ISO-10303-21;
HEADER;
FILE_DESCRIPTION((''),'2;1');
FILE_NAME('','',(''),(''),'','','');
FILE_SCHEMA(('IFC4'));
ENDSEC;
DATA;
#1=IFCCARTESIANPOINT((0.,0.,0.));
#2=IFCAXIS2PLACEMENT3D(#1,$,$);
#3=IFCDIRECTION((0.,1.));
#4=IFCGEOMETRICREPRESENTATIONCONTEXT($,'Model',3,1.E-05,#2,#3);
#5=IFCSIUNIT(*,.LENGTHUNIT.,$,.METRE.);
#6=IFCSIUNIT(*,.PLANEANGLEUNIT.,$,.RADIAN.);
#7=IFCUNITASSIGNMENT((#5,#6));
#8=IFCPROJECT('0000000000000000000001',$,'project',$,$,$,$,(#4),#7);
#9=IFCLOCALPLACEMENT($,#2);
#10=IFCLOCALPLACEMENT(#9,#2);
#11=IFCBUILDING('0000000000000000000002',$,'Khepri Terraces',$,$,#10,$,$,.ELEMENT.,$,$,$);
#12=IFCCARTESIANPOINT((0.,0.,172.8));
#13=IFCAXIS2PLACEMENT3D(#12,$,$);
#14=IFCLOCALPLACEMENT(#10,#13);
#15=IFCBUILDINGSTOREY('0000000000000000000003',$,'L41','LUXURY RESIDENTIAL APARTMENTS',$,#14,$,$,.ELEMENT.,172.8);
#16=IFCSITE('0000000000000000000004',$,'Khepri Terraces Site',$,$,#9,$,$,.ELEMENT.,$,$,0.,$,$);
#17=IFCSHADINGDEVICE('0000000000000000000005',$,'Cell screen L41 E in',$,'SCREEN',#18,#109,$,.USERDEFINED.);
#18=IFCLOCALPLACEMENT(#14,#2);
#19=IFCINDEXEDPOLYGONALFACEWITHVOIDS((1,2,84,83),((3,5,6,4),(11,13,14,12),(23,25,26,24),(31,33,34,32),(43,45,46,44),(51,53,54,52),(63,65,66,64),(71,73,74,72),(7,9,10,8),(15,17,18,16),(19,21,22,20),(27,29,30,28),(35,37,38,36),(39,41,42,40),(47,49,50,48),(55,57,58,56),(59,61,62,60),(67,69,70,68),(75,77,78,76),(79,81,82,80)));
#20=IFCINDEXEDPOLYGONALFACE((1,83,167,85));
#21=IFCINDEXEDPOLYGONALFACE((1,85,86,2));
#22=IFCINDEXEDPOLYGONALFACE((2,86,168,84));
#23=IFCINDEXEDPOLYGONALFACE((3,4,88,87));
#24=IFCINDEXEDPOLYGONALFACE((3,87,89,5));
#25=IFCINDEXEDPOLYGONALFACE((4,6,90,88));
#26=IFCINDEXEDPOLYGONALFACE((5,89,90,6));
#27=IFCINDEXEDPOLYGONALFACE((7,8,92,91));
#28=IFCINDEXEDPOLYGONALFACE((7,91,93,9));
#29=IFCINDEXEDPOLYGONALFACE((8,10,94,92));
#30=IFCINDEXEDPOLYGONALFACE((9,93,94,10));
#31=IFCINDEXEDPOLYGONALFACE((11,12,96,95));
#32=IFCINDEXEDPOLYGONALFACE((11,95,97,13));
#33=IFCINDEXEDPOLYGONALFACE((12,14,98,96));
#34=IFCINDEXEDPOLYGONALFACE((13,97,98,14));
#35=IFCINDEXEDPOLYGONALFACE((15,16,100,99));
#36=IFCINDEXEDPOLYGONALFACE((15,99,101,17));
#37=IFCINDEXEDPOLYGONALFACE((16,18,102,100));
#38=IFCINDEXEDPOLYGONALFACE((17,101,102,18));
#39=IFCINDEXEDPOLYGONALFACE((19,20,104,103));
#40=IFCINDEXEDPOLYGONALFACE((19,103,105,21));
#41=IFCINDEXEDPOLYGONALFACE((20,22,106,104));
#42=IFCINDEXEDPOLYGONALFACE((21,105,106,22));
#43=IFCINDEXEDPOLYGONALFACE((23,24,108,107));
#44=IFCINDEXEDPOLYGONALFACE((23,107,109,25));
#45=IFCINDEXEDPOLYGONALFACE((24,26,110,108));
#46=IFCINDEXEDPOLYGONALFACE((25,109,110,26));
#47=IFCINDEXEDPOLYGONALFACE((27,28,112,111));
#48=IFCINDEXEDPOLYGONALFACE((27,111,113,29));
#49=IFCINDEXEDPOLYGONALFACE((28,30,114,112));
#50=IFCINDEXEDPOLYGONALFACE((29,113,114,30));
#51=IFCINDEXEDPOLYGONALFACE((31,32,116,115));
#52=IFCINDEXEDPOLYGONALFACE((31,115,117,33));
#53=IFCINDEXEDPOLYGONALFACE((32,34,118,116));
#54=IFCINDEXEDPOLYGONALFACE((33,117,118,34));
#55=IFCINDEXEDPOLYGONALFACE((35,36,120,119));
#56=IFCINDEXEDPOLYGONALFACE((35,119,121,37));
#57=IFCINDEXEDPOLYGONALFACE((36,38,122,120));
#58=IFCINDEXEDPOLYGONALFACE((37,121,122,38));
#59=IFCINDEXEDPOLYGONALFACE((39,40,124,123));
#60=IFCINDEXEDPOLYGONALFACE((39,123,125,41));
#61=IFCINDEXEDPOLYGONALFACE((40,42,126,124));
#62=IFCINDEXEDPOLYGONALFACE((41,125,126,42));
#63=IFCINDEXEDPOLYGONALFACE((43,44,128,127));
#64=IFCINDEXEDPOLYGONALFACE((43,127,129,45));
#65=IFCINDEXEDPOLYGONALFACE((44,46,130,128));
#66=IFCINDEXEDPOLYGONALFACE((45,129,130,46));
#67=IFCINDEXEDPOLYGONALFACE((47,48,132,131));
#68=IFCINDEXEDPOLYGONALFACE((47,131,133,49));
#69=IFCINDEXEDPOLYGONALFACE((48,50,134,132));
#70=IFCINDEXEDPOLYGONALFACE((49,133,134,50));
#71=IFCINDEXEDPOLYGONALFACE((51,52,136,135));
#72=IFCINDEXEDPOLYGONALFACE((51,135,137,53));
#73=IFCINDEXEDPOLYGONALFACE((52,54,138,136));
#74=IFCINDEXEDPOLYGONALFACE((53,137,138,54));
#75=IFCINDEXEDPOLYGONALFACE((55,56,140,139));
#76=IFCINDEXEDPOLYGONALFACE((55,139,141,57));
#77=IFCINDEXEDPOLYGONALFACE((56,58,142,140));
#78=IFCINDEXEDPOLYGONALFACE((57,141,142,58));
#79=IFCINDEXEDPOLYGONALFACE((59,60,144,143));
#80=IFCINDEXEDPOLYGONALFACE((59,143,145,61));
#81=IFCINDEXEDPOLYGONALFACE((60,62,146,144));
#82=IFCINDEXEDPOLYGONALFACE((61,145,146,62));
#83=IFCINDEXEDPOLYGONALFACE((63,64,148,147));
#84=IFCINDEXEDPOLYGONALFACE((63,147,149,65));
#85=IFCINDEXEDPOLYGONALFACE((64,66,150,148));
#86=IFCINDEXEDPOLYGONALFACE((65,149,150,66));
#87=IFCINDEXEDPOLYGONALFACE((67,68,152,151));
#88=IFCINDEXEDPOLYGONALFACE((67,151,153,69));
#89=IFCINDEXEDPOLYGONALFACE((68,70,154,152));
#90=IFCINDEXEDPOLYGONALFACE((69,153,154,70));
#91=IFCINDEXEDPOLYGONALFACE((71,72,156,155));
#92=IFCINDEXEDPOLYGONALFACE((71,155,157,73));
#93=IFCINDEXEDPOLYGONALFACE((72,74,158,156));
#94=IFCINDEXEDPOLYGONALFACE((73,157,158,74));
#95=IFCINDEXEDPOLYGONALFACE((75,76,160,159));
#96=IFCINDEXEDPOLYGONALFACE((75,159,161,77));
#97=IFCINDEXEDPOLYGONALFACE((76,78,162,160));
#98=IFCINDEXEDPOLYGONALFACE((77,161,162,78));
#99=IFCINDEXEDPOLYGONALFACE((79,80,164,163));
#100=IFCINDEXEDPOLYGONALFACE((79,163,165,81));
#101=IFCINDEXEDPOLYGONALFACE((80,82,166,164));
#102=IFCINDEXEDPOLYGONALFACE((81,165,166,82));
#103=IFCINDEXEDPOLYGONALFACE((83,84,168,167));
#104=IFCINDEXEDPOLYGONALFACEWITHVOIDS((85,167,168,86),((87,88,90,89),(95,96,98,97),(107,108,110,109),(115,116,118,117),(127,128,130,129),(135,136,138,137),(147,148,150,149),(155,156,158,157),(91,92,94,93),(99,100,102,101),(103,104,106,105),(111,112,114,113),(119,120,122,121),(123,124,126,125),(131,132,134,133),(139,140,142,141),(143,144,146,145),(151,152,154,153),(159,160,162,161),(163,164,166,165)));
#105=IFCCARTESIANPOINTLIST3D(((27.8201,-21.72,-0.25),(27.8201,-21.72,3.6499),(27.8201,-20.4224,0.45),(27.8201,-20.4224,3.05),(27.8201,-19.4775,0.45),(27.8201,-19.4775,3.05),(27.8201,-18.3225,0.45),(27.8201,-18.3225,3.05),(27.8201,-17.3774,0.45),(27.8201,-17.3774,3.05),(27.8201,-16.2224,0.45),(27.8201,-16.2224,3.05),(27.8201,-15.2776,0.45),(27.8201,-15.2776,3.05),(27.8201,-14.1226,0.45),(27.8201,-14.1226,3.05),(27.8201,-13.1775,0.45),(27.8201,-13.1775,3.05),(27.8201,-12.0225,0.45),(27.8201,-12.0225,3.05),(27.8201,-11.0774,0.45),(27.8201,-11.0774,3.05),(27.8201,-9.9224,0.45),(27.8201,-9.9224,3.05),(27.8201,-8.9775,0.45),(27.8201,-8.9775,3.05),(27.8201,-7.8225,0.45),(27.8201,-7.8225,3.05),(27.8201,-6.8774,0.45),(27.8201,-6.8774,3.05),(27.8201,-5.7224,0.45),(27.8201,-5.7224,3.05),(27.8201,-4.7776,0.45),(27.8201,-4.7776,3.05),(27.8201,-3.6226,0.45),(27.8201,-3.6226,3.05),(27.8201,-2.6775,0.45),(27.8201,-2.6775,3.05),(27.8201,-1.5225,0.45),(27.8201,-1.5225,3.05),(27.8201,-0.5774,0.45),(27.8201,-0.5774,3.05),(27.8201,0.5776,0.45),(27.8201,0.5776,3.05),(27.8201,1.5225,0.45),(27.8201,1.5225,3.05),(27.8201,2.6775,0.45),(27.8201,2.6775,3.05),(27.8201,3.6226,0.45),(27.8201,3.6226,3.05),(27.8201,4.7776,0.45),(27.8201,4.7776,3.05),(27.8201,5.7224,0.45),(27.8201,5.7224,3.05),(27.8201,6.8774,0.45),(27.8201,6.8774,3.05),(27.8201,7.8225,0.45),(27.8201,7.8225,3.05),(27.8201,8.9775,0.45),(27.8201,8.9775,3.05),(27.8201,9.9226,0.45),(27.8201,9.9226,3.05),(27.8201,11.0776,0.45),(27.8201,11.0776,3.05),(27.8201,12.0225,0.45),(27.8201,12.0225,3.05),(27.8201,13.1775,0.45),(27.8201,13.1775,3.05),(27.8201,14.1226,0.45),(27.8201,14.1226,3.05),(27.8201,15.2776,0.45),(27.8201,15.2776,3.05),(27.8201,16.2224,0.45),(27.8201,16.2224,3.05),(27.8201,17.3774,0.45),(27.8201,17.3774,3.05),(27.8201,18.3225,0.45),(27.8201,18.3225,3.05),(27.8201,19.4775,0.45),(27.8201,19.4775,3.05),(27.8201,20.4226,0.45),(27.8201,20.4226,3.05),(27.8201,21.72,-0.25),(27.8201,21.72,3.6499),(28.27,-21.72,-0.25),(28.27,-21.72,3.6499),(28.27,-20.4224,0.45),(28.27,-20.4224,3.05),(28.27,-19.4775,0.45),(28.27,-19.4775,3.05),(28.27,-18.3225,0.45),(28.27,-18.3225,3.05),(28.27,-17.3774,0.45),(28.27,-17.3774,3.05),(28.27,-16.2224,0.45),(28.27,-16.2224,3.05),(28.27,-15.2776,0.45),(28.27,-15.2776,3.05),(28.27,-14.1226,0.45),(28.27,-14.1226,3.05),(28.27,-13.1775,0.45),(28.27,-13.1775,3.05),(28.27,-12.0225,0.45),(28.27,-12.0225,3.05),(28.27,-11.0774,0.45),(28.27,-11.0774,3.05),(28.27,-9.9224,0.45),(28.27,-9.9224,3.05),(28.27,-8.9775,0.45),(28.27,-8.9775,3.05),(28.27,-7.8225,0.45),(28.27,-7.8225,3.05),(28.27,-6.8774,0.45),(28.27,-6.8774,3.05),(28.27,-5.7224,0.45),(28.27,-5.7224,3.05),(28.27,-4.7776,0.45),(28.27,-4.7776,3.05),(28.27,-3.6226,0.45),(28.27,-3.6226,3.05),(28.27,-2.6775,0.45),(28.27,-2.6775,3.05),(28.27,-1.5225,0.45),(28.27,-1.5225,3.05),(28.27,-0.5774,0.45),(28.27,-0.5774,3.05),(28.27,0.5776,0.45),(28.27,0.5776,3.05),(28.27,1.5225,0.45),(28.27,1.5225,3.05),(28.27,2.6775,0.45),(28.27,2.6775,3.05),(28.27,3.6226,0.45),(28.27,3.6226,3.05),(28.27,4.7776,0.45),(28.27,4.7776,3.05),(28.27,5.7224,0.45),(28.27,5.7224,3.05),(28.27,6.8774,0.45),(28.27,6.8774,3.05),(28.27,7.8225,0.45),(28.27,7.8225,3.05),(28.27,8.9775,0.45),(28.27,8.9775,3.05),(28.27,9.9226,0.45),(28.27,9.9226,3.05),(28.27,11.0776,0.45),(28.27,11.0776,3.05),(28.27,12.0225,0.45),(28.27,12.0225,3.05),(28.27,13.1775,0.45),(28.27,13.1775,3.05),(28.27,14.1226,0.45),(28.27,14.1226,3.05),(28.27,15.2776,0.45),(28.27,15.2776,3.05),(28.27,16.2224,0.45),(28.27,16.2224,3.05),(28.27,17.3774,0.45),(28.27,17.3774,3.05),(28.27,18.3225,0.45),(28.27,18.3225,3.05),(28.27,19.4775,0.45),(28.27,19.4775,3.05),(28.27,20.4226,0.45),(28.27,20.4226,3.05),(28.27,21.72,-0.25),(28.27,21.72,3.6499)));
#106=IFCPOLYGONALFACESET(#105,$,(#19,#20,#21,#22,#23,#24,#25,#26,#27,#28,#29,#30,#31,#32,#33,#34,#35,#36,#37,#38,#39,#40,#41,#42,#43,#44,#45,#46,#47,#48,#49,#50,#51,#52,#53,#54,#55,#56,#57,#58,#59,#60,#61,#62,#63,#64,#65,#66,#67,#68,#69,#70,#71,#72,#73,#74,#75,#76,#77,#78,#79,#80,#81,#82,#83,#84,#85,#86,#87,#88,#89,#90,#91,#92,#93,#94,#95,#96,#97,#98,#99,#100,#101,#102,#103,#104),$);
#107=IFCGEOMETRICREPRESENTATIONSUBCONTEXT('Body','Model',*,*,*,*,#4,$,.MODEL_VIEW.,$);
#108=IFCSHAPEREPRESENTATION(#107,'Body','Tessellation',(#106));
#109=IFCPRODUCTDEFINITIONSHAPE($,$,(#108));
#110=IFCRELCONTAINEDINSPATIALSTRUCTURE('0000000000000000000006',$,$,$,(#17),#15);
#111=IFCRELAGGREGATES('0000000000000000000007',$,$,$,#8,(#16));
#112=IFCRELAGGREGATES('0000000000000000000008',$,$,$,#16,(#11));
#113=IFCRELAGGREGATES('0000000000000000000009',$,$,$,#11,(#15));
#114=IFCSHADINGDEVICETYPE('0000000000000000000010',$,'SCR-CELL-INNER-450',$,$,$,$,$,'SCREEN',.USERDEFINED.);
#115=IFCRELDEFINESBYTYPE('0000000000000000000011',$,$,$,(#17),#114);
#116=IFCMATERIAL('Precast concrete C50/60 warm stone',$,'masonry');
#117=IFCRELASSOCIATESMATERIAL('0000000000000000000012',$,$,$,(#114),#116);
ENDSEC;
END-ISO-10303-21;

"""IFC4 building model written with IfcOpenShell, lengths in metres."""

from ifc_helpers import new_model, si_unit, direction, frame, origin, place, context, subcontext, project, spatial, polyline, outline, extrude, material, type_object, element, save


model = new_model("IFC4")

# Units and contexts
model_context = context("Model", 3, precision=1e-05, world=origin(), true_north=direction((0.0, 1.0)))
body_context = subcontext(model_context, "Body", "Model", "MODEL_VIEW")
ifc_project = project(units=[si_unit("LENGTHUNIT", "METRE"), si_unit("PLANEANGLEUNIT", "RADIAN")], contexts=[model_context])

# Site, building, storey
site_placement = place(None, origin())
site = spatial("IfcSite", under=ifc_project, at=site_placement, Name="Khepri Terraces Site", CompositionType="ELEMENT", RefElevation=0.0)
building_placement = place(site_placement, origin())
building = spatial("IfcBuilding", under=site, at=building_placement, Name="Khepri Terraces", CompositionType="ELEMENT")
storey_placement = place(building_placement, frame((0.0, 0.0, 172.8)))
storey = spatial("IfcBuildingStorey", under=building, at=storey_placement, Name="L41", Description="LUXURY RESIDENTIAL APARTMENTS", CompositionType="ELEMENT", Elevation=172.8)

# Shared definitions
ifc_material_1 = material(Name="Precast concrete C50/60 warm stone", Category="masonry")

# Shading device
shading_device_type_1 = type_object("IfcShadingDeviceType", Name="SCR-CELL-INNER-450", ElementType="SCREEN", PredefinedType="USERDEFINED", material=ifc_material_1)
shading_device_1_placement = place(storey_placement, frame((27.8201, -21.72, -0.25), z_axis=(1.0, 0.0, 0.0), x_axis=(0.0, 1.0, 0.0)))
element("IfcShadingDevice", 1, at=shading_device_1_placement, inside=storey, type_object=shading_device_type_1, Name="Cell screen L41 E in", ObjectType="SCREEN", PredefinedType="USERDEFINED", context=body_context, shape_type="SweptSolid", body=[
    extrude(outline(polyline([(0.0, 0.0), (43.4399, 0.0), (43.4399, 3.8999), (0.0, 3.8999), (0.0, 0.0)]), holes=[polyline([(1.2976, 0.7), (2.2424, 0.7), (2.2424, 3.3), (1.2976, 3.3), (1.2976, 0.7)]), polyline([(3.3975, 0.7), (4.3425, 0.7), (4.3425, 3.3), (3.3975, 3.3), (3.3975, 0.7)]), polyline([(5.4976, 0.7), (6.4424, 0.7), (6.4424, 3.3), (5.4976, 3.3), (5.4976, 0.7)]), polyline([(7.5974, 0.7), (8.5425, 0.7), (8.5425, 3.3), (7.5974, 3.3), (7.5974, 0.7)]), polyline([(9.6975, 0.7), (10.6426, 0.7), (10.6426, 3.3), (9.6975, 3.3), (9.6975, 0.7)]), polyline([(11.7976, 0.7), (12.7424, 0.7), (12.7424, 3.3), (11.7976, 3.3), (11.7976, 0.7)]), polyline([(13.8975, 0.7), (14.8425, 0.7), (14.8425, 3.3), (13.8975, 3.3), (13.8975, 0.7)]), polyline([(15.9976, 0.7), (16.9424, 0.7), (16.9424, 3.3), (15.9976, 3.3), (15.9976, 0.7)]), polyline([(18.0974, 0.7), (19.0425, 0.7), (19.0425, 3.3), (18.0974, 3.3), (18.0974, 0.7)]), polyline([(20.1975, 0.7), (21.1426, 0.7), (21.1426, 3.3), (20.1975, 3.3), (20.1975, 0.7)]), polyline([(22.2976, 0.7), (23.2424, 0.7), (23.2424, 3.3), (22.2976, 3.3), (22.2976, 0.7)]), polyline([(24.3975, 0.7), (25.3425, 0.7), (25.3425, 3.3), (24.3975, 3.3), (24.3975, 0.7)]), polyline([(26.4976, 0.7), (27.4424, 0.7), (27.4424, 3.3), (26.4976, 3.3), (26.4976, 0.7)]), polyline([(28.5974, 0.7), (29.5425, 0.7), (29.5425, 3.3), (28.5974, 3.3), (28.5974, 0.7)]), polyline([(30.6975, 0.7), (31.6426, 0.7), (31.6426, 3.3), (30.6975, 3.3), (30.6975, 0.7)]), polyline([(32.7976, 0.7), (33.7424, 0.7), (33.7424, 3.3), (32.7976, 3.3), (32.7976, 0.7)]), polyline([(34.8975, 0.7), (35.8425, 0.7), (35.8425, 3.3), (34.8975, 3.3), (34.8975, 0.7)]), polyline([(36.9976, 0.7), (37.9424, 0.7), (37.9424, 3.3), (36.9976, 3.3), (36.9976, 0.7)]), polyline([(39.0974, 0.7), (40.0425, 0.7), (40.0425, 3.3), (39.0974, 3.3), (39.0974, 0.7)]), polyline([(41.1975, 0.7), (42.1426, 0.7), (42.1426, 3.3), (41.1975, 3.3), (41.1975, 0.7)])]), origin(), (0.0, 0.0, 1.0), 0.45),
])

save(model, "model.ifc")
